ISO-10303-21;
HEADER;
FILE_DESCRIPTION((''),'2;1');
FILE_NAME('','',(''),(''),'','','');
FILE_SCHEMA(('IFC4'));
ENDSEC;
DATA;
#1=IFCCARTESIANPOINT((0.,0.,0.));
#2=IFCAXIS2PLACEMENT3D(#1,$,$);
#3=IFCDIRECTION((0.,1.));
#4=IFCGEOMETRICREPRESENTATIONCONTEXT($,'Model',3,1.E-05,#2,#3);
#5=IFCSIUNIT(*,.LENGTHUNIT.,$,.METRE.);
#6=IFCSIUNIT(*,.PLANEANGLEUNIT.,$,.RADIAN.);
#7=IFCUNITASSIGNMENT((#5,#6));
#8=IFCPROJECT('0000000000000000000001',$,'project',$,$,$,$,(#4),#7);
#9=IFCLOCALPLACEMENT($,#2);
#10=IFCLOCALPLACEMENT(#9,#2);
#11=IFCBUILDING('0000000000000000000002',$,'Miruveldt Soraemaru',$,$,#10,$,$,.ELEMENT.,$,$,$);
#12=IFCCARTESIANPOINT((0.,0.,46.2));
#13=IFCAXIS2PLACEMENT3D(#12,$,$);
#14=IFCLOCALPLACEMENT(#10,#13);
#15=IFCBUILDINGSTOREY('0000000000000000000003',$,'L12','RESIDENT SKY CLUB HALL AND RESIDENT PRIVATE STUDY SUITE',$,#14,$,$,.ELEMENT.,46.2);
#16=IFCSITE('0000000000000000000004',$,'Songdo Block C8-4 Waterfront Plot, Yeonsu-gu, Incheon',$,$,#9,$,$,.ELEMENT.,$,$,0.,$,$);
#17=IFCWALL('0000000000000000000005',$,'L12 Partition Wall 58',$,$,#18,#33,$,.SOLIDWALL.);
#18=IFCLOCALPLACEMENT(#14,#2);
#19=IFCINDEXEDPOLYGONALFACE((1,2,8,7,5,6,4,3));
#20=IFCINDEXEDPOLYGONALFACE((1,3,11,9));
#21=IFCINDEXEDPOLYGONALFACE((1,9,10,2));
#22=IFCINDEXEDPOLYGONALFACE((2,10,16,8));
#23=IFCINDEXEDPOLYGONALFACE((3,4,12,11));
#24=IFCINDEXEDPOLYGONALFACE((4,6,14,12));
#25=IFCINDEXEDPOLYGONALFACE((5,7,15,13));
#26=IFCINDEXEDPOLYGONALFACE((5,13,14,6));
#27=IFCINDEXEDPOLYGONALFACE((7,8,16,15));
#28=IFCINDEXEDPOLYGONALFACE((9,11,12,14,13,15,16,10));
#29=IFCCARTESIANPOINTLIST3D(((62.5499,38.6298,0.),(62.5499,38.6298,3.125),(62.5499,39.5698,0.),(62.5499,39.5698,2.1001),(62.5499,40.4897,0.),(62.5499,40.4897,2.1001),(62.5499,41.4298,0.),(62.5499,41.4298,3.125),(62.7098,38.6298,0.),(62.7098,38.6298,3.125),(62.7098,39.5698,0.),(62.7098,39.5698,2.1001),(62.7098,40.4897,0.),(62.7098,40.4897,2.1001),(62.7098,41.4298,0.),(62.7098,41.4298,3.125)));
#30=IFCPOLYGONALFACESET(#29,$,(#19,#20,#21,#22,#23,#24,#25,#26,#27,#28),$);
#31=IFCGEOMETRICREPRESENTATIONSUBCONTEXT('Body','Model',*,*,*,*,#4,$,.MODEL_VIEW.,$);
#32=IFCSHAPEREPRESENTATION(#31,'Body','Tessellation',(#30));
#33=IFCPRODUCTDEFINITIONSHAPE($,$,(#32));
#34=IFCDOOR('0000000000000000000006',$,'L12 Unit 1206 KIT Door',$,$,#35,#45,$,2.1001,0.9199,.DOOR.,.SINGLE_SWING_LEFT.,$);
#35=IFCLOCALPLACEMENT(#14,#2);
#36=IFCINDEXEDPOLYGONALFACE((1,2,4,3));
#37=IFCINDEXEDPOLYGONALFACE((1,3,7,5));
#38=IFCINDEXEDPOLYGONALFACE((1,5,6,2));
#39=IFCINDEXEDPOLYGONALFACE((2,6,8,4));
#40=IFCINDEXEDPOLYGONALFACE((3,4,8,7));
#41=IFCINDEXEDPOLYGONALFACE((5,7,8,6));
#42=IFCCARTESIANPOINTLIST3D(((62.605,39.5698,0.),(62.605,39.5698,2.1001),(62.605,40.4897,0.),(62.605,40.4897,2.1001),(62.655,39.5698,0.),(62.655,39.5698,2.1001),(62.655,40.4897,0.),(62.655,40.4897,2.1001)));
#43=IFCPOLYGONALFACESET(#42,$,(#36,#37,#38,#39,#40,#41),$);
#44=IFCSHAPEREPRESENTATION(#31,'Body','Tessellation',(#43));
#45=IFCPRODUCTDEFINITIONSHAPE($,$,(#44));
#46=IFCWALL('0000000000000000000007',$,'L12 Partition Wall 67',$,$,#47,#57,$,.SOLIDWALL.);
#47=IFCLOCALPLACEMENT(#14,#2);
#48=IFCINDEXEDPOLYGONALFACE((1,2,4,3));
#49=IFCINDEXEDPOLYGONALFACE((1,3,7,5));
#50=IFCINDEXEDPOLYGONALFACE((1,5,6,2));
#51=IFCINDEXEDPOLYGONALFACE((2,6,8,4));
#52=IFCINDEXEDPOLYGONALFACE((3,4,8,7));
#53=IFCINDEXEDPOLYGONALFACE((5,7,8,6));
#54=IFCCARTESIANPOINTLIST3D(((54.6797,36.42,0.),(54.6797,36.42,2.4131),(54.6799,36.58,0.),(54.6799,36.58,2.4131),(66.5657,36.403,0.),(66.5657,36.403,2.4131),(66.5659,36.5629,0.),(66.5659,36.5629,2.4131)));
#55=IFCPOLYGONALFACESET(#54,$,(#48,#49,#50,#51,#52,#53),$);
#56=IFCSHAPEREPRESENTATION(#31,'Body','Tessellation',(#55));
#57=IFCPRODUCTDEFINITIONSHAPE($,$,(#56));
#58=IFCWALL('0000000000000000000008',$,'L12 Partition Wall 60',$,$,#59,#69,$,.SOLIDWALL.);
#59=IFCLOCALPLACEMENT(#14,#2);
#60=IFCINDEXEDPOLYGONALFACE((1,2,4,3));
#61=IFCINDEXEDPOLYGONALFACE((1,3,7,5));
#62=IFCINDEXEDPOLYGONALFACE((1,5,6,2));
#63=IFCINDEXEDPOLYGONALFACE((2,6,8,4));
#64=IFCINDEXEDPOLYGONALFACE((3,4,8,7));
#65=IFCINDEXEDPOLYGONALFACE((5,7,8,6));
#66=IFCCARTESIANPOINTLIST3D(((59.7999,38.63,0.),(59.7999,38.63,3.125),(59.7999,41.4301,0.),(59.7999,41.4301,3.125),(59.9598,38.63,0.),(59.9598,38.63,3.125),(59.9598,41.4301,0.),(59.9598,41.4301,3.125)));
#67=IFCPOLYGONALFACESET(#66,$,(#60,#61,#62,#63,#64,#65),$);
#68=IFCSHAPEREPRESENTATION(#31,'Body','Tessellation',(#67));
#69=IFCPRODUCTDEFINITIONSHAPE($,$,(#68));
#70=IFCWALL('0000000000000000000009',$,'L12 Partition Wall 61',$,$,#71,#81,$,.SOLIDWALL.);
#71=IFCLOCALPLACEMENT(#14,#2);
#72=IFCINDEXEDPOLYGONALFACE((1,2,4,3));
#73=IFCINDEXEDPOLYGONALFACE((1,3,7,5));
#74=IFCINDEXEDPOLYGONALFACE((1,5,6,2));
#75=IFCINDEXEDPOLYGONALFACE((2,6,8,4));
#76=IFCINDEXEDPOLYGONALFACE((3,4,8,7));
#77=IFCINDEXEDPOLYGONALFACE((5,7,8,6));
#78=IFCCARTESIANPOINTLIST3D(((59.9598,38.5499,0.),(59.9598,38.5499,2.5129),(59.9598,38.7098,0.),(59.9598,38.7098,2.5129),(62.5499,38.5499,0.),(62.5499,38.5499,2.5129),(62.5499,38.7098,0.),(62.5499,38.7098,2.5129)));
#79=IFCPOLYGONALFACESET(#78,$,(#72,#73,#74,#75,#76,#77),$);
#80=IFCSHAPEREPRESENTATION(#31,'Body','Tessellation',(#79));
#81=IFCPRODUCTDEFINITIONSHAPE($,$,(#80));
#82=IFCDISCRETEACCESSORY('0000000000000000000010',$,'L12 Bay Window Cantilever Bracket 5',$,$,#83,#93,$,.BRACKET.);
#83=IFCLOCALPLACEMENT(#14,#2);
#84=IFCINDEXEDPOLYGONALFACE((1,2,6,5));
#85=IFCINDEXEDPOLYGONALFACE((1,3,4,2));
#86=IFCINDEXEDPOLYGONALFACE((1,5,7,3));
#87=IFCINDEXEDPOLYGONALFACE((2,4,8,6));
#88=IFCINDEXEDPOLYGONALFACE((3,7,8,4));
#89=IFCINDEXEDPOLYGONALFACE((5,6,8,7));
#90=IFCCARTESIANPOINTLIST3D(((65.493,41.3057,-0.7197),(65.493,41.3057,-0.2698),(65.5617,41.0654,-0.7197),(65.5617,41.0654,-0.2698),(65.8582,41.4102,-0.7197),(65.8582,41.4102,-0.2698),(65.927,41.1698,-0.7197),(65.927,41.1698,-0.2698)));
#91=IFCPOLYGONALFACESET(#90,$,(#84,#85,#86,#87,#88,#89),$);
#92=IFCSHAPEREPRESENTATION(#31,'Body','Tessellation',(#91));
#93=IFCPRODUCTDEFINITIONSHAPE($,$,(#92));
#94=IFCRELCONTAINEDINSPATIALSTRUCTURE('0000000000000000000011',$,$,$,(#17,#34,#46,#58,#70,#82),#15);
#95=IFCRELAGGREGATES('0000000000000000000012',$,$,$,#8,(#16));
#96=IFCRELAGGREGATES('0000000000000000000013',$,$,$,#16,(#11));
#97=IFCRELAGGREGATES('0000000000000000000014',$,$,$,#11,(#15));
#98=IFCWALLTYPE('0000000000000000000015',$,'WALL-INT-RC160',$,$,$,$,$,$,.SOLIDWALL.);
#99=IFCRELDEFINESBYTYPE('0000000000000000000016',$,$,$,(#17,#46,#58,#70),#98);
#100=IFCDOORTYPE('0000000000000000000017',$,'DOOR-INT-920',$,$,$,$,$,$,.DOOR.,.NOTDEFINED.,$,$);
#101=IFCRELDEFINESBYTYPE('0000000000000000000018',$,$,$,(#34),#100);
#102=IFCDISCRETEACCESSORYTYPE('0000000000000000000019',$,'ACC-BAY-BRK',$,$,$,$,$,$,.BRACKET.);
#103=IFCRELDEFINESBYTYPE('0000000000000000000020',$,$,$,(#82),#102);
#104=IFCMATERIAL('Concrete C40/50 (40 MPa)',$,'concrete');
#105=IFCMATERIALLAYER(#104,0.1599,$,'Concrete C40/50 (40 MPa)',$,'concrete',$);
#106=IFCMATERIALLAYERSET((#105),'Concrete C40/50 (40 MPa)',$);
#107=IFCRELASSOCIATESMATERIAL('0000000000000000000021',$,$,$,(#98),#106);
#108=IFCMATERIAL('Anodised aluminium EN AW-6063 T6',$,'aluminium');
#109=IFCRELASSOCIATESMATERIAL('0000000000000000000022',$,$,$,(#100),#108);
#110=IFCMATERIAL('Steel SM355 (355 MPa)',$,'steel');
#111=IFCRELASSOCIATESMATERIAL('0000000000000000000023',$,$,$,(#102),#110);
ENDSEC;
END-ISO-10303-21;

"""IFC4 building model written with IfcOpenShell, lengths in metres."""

from ifc_helpers import new_model, si_unit, direction, frame, frame_2d, origin, origin_2d, place, context, subcontext, project, spatial, rectangle, extrude, material, layer, layer_set, type_object, element, fill, save


model = new_model("IFC4")

# Units and contexts
model_context = context("Model", 3, precision=1e-05, world=origin(), true_north=direction((0.0, 1.0)))
body_context = subcontext(model_context, "Body", "Model", "MODEL_VIEW")
ifc_project = project(units=[si_unit("LENGTHUNIT", "METRE"), si_unit("PLANEANGLEUNIT", "RADIAN")], contexts=[model_context])

# Site, building, storey
site_placement = place(None, origin())
site = spatial("IfcSite", under=ifc_project, at=site_placement, Name="Songdo Block C8-4 Waterfront Plot, Yeonsu-gu, Incheon", CompositionType="ELEMENT", RefElevation=0.0)
building_placement = place(site_placement, origin())
building = spatial("IfcBuilding", under=site, at=building_placement, Name="Miruveldt Soraemaru", CompositionType="ELEMENT")
storey_placement = place(building_placement, frame((0.0, 0.0, 46.2)))
storey = spatial("IfcBuildingStorey", under=building, at=storey_placement, Name="L12", Description="RESIDENT SKY CLUB HALL AND RESIDENT PRIVATE STUDY SUITE", CompositionType="ELEMENT", Elevation=46.2)

# Shared definitions
ifc_material_1 = material(Name="Steel SM355 (355 MPa)", Category="steel")

# Shared definitions
ifc_material_2 = material(Name="Anodised aluminium EN AW-6063 T6", Category="aluminium")

# Wall, opening, door
ifc_material_3 = material(Name="Concrete C40/50 (40 MPa)", Category="concrete")
ifc_layer_1 = layer(ifc_material_3, 0.1599, Name="Concrete C40/50 (40 MPa)", Category="concrete")
ifc_layer_set_1 = layer_set([ifc_layer_1], Name="Concrete C40/50 (40 MPa)")
wall_type_1 = type_object("IfcWallType", Name="WALL-INT-RC160", PredefinedType="SOLIDWALL", material=ifc_layer_set_1)
wall_1_placement = place(storey_placement, frame((62.6299, 38.6299, 0.0), z_axis=(0.0, 0.0, 1.0), x_axis=(0.0, 1.0, 0.0)))
wall_1 = element("IfcWall", 1, at=wall_1_placement, inside=storey, type_object=wall_type_1, Name="L12 Partition Wall 58", PredefinedType="SOLIDWALL", context=body_context, shape_type="SweptSolid", body=[
    extrude(rectangle(XDim=2.8, YDim=0.1599, at=frame_2d((1.3999, 0.0))), origin(), (0.0, 0.0, 1.0), 3.125),
])
opening_1_placement = place(wall_1_placement, frame((0.9399, 0.0, 0.0)))
opening_1 = element("IfcOpeningElement", 2, at=opening_1_placement, cuts=wall_1, PredefinedType="OPENING", context=body_context, shape_type="SweptSolid", body=[
    extrude(rectangle(XDim=0.9199, YDim=2.1001, at=frame_2d((0.46, 1.05))), frame((0.0, 0.0898, 0.0), z_axis=(0.0, -1.0, 0.0), x_axis=(1.0, 0.0, 0.0)), (0.0, 0.0, 1.0), 0.1799),
])
door_type_1 = type_object("IfcDoorType", Name="DOOR-INT-920", OperationType="NOTDEFINED", PredefinedType="DOOR", material=ifc_material_2)
door_1_placement = place(opening_1_placement, origin())
door_1 = element("IfcDoor", 3, at=door_1_placement, inside=storey, type_object=door_type_1, Name="L12 Unit 1206 KIT Door", OperationType="SINGLE_SWING_LEFT", OverallHeight=2.1001, OverallWidth=0.9199, PredefinedType="DOOR", context=body_context, shape_type="SweptSolid", body=[
    extrude(rectangle(XDim=0.9199, YDim=2.1001, at=frame_2d((0.46, 1.05))), frame((0.0, 0.0249, 0.0), z_axis=(0.0, -1.0, 0.0), x_axis=(1.0, 0.0, 0.0)), (0.0, 0.0, 1.0), 0.05),
])
fill(opening_1, door_1)

# Walls
wall_2_placement = place(storey_placement, frame((54.6799, 36.5, 0.0), z_axis=(0.0, 0.0, 1.0), x_axis=(0.999999, -0.001438, 0.0)))
element("IfcWall", 4, at=wall_2_placement, inside=storey, type_object=wall_type_1, Name="L12 Partition Wall 67", PredefinedType="SOLIDWALL", context=body_context, shape_type="SweptSolid", body=[
    extrude(rectangle(XDim=11.886, YDim=0.1599, at=frame_2d((5.9429, 0.0))), origin(), (0.0, 0.0, 1.0), 2.4131),
])
wall_3_placement = place(storey_placement, frame((59.8799, 41.4299, 0.0), z_axis=(0.0, 0.0, 1.0), x_axis=(0.0, -1.0, 0.0)))
element("IfcWall", 5, at=wall_3_placement, inside=storey, type_object=wall_type_1, Name="L12 Partition Wall 60", PredefinedType="SOLIDWALL", context=body_context, shape_type="SweptSolid", body=[
    extrude(rectangle(XDim=2.8, YDim=0.1599, at=frame_2d((1.3999, 0.0))), origin(), (0.0, 0.0, 1.0), 3.125),
])
wall_4_placement = place(storey_placement, frame((59.96, 38.6299, 0.0), z_axis=(0.0, 0.0, 1.0), x_axis=(1.0, 0.0, 0.0)))
element("IfcWall", 6, at=wall_4_placement, inside=storey, type_object=wall_type_1, Name="L12 Partition Wall 61", PredefinedType="SOLIDWALL", context=body_context, shape_type="SweptSolid", body=[
    extrude(rectangle(XDim=2.5901, YDim=0.1599, at=frame_2d((1.2949, 0.0))), origin(), (0.0, 0.0, 1.0), 2.5129),
])

# Discrete accessory
discrete_accessory_type = type_object("IfcDiscreteAccessoryType", Name="ACC-BAY-BRK", PredefinedType="BRACKET", material=ifc_material_1)
discrete_accessory_placement = place(storey_placement, frame((65.71, 41.2378, -0.7197), z_axis=(0.0, 0.0, 1.0), x_axis=(0.961454, 0.274966, 0.0)))
element("IfcDiscreteAccessory", 7, at=discrete_accessory_placement, inside=storey, type_object=discrete_accessory_type, Name="L12 Bay Window Cantilever Bracket 5", PredefinedType="BRACKET", context=body_context, shape_type="SweptSolid", body=[
    extrude(rectangle(XDim=0.3799, YDim=0.25, at=origin_2d()), origin(), (0.0, 0.0, 1.0), 0.45),
])

save(model, "model.ifc")
